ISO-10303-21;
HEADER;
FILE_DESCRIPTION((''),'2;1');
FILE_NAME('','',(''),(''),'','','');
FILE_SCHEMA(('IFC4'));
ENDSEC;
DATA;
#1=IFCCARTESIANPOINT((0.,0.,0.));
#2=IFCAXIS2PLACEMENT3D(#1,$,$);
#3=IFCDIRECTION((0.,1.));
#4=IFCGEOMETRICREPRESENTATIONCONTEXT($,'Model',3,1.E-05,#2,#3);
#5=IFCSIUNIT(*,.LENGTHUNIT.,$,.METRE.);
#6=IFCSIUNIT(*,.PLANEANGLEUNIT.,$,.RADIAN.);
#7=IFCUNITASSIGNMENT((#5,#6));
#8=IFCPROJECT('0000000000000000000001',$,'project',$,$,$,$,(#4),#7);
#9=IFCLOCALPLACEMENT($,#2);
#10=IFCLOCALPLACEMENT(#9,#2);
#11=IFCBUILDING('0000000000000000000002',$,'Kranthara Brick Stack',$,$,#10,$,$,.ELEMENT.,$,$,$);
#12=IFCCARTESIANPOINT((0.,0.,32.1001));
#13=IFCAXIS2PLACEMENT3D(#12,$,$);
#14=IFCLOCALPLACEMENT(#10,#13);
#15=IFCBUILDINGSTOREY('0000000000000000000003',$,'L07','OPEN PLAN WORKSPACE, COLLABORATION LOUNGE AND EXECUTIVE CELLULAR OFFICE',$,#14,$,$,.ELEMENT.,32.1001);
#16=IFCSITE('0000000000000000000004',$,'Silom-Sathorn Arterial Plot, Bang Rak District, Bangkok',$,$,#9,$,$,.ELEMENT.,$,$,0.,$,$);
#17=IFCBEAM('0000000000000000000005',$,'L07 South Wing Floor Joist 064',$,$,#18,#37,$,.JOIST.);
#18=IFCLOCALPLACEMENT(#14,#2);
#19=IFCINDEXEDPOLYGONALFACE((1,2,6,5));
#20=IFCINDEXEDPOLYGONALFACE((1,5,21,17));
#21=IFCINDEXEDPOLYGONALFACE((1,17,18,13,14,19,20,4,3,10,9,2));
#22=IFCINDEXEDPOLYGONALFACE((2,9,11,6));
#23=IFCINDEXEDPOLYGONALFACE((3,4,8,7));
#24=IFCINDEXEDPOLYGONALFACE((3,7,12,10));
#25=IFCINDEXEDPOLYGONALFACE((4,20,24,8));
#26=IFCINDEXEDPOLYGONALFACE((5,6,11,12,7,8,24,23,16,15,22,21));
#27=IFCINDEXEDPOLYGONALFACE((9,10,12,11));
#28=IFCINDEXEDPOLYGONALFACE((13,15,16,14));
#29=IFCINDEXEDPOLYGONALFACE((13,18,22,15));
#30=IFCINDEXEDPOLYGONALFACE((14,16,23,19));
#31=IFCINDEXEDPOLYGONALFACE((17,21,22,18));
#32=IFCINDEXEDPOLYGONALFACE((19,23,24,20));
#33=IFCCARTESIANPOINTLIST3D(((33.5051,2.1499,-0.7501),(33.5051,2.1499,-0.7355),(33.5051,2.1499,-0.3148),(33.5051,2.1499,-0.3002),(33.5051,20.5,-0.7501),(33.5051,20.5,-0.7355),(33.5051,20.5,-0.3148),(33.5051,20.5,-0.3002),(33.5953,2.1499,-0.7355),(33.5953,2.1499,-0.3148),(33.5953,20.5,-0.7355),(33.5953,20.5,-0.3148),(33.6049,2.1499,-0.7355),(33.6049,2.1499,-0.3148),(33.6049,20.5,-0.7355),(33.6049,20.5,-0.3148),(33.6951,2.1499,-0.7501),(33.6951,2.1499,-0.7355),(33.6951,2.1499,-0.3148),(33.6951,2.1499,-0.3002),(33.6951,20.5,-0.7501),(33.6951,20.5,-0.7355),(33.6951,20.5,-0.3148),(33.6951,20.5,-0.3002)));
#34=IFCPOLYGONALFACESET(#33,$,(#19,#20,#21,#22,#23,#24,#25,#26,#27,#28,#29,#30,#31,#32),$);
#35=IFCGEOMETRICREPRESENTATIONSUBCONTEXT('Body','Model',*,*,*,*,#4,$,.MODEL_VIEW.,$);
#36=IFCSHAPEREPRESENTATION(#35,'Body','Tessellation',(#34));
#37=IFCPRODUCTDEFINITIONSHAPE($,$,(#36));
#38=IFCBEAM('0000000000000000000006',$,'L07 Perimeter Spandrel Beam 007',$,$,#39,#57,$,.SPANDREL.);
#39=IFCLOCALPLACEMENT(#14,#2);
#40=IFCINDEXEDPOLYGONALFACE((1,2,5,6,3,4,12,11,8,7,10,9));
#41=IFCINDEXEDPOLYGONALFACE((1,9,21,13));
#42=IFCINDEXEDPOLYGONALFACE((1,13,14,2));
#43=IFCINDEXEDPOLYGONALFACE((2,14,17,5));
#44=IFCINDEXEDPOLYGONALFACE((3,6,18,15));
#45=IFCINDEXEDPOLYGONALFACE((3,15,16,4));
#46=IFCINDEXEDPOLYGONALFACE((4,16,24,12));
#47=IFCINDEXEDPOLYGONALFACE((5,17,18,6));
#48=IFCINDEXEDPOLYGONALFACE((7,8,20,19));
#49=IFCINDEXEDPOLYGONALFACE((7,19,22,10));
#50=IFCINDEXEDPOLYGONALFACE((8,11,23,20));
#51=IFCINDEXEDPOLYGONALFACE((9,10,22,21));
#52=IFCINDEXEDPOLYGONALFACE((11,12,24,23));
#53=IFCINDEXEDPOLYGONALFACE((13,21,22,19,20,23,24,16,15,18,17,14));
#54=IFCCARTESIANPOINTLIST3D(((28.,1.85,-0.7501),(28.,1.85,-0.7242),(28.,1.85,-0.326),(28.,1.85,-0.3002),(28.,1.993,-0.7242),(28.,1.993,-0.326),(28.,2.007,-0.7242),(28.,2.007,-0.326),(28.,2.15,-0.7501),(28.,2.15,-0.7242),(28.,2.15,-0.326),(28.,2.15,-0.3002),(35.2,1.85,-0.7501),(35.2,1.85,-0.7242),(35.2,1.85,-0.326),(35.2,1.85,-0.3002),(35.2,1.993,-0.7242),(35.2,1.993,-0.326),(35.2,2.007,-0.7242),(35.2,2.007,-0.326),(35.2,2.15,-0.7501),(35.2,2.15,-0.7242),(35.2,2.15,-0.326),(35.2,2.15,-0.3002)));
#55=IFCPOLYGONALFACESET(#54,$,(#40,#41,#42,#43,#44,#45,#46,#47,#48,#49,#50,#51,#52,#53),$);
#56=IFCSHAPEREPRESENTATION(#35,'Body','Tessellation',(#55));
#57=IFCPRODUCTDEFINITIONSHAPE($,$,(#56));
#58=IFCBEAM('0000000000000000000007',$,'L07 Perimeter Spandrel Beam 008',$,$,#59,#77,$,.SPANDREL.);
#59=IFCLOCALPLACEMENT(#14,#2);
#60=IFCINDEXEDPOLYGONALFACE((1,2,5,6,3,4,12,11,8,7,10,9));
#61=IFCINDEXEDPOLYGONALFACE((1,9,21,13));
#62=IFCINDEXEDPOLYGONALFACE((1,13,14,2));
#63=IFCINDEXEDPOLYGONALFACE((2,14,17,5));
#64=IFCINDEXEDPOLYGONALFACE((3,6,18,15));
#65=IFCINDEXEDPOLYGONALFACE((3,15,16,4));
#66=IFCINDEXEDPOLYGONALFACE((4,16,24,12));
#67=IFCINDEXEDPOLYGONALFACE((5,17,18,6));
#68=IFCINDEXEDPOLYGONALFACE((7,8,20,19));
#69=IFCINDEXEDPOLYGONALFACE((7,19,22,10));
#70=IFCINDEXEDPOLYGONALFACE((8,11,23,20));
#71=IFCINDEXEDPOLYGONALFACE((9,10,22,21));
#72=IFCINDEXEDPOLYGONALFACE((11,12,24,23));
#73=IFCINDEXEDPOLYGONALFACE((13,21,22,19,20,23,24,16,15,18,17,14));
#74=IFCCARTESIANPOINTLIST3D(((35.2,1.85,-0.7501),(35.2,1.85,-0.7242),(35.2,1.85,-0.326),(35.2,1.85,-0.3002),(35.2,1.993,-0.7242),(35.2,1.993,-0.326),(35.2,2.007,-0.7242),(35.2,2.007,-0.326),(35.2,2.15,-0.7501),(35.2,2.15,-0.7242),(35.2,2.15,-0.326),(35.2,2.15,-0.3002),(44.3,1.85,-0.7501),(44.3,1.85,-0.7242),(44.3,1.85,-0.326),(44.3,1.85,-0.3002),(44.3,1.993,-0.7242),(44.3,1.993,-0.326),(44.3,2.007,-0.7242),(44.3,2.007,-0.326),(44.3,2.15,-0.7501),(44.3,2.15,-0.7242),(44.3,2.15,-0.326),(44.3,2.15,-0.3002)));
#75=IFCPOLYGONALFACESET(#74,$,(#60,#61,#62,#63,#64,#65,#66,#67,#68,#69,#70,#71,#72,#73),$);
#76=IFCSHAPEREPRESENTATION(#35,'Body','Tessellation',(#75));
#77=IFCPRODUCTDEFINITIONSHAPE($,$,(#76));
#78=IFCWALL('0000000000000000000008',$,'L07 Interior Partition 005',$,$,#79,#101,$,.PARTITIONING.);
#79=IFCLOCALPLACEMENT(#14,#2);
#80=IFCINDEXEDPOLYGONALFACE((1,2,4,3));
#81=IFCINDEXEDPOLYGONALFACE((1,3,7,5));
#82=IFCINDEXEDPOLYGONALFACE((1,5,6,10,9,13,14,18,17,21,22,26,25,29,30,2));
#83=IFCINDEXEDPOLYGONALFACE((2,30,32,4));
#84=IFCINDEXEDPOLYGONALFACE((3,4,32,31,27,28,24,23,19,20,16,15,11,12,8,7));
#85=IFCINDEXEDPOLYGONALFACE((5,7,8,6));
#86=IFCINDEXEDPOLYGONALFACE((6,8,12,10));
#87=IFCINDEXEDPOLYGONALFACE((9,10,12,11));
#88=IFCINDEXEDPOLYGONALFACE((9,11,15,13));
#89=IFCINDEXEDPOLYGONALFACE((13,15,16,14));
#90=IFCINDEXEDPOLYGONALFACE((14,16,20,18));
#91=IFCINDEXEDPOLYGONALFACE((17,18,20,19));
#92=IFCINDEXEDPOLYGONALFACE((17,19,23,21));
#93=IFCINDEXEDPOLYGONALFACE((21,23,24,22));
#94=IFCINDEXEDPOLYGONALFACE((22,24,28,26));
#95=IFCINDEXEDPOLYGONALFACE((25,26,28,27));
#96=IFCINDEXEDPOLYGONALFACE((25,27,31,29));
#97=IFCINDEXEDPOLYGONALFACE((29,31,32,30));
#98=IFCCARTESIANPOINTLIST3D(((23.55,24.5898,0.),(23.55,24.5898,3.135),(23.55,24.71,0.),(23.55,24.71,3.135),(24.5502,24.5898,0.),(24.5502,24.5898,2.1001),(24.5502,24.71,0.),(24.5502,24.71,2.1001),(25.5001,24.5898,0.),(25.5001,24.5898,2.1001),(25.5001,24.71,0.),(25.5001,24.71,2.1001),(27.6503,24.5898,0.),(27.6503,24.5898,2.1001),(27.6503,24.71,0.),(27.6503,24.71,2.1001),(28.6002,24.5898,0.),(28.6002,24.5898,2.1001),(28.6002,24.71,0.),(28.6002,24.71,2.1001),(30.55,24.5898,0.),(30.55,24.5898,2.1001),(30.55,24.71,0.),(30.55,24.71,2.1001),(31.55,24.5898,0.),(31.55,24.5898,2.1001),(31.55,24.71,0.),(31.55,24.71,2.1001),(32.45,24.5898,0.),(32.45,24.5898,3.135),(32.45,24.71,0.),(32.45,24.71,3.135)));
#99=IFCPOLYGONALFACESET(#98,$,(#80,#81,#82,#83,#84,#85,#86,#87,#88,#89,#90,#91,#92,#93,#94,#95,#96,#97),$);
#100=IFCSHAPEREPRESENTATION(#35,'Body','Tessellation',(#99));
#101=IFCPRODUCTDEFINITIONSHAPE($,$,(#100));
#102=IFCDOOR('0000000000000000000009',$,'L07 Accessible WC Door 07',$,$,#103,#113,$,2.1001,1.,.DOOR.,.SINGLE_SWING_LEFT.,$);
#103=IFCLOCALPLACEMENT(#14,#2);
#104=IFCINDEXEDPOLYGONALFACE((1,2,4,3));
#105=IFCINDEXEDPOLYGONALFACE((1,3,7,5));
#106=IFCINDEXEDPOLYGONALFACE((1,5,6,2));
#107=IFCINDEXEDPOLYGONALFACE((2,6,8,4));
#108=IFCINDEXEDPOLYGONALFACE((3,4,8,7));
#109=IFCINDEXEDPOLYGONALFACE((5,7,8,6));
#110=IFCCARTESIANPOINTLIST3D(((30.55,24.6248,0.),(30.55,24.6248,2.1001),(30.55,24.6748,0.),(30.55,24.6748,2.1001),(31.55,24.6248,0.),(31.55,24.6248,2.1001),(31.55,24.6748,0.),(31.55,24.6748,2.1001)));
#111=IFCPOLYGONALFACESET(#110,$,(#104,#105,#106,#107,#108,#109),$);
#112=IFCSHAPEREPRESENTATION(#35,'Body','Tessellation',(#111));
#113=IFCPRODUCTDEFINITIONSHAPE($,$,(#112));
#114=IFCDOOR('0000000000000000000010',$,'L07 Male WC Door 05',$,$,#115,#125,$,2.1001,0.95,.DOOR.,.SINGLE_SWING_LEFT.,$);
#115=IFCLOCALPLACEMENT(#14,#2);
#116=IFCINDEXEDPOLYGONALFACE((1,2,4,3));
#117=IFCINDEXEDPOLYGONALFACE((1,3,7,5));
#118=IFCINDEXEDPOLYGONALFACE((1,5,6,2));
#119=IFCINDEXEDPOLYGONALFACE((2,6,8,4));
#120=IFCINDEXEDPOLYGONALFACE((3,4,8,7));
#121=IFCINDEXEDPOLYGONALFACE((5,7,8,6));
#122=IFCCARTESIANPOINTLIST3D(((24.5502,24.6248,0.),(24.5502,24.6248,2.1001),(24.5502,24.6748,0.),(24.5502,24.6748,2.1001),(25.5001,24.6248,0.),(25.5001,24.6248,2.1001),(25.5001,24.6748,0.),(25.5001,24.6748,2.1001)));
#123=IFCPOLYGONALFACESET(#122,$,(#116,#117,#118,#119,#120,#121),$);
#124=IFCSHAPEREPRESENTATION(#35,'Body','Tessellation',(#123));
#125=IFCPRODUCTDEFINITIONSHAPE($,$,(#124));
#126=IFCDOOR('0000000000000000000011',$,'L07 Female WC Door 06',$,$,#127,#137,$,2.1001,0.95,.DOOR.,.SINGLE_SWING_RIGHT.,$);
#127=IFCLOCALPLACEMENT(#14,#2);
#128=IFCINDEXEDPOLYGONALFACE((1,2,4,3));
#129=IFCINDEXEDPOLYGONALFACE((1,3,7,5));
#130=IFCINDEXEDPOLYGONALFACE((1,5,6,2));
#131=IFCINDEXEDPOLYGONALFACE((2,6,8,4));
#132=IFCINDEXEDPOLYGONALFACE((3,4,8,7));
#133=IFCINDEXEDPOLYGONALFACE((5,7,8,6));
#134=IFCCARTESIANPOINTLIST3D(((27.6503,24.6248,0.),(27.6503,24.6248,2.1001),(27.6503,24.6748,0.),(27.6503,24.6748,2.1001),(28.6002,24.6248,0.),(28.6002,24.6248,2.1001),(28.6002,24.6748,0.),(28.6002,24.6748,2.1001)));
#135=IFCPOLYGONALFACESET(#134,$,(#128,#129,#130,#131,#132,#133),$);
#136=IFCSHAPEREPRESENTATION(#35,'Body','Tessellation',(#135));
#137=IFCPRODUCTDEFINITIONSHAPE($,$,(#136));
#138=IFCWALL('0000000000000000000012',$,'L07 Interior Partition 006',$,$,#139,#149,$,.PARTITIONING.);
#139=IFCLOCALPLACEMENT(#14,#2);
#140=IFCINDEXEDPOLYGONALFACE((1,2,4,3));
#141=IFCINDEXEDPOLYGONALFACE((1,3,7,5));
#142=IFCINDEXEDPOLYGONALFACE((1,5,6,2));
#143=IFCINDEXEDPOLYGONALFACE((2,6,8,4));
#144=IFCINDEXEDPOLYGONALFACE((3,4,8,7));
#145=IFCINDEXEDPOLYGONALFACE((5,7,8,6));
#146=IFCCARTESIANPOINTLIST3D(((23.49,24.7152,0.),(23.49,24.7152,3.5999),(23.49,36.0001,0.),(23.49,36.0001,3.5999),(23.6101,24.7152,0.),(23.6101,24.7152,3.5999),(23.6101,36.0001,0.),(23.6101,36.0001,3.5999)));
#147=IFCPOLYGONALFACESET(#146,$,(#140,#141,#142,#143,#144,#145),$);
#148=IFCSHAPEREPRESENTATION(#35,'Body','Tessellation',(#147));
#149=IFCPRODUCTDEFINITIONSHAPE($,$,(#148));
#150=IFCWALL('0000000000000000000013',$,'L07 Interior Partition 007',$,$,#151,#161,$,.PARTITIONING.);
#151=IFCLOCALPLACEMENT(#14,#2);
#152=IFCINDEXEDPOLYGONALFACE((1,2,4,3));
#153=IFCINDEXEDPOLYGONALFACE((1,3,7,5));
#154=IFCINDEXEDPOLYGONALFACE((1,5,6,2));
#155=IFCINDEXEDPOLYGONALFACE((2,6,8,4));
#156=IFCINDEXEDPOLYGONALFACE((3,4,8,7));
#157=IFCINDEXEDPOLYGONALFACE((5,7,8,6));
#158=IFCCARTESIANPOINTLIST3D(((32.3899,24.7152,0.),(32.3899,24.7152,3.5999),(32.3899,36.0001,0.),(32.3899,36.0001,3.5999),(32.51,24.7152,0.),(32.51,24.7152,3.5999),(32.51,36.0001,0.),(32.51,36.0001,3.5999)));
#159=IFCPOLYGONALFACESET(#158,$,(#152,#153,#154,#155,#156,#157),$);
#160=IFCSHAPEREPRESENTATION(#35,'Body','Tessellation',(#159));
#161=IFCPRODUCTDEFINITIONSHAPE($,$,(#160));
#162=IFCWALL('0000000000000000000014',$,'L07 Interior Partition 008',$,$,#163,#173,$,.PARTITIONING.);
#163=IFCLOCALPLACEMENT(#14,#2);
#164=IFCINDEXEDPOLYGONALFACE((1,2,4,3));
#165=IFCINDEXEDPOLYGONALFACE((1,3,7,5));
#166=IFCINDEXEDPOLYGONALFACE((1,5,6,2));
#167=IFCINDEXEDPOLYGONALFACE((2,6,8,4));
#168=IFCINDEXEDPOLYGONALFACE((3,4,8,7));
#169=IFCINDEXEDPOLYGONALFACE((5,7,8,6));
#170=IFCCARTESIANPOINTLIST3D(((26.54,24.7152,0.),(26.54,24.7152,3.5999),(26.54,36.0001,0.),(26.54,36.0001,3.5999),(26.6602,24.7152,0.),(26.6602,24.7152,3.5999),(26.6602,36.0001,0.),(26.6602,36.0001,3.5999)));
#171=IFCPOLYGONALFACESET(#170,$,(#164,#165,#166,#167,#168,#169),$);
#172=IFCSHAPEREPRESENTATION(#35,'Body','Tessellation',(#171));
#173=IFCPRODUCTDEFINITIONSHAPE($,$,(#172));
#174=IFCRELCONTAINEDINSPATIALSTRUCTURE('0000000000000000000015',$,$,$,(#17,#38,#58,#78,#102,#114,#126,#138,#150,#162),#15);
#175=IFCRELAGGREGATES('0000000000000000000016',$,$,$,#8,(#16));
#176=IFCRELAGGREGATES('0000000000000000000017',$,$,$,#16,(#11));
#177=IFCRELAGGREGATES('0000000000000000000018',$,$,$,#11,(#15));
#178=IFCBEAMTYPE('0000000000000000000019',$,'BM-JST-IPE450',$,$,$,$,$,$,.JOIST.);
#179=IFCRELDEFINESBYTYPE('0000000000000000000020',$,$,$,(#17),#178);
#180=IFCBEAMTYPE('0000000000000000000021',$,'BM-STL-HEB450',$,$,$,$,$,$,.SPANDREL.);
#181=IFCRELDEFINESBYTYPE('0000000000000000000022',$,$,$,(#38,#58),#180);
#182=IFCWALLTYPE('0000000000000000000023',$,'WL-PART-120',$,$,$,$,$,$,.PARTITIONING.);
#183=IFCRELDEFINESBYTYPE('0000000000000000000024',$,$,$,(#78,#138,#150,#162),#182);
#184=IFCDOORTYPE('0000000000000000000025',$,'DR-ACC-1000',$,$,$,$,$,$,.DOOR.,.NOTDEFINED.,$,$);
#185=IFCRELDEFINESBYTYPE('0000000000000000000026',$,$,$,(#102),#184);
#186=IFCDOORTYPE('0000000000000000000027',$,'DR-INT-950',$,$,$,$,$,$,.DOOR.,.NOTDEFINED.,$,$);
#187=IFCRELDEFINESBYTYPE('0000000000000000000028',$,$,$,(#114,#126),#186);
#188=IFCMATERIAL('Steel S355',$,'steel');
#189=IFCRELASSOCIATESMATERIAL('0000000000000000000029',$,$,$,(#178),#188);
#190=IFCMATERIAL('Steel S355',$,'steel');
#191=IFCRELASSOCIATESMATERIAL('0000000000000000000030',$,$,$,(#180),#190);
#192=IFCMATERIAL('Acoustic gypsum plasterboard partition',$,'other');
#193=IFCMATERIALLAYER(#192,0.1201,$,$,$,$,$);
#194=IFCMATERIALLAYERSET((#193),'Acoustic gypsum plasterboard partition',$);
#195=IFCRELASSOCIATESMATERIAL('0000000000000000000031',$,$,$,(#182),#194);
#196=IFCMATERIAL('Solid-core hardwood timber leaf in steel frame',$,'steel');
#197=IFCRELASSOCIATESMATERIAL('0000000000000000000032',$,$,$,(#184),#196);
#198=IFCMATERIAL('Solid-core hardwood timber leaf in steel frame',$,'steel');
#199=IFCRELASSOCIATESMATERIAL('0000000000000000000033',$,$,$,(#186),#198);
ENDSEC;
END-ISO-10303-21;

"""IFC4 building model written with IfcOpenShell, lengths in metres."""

from ifc_helpers import new_model, si_unit, direction, frame, frame_2d, origin, origin_2d, place, context, subcontext, project, spatial, rectangle, i_section, extrude, material, layer, layer_set, material_profile, profile_set, type_object, element, fill, save


model = new_model("IFC4")

# Units and contexts
model_context = context("Model", 3, precision=1e-05, world=origin(), true_north=direction((0.0, 1.0)))
body_context = subcontext(model_context, "Body", "Model", "MODEL_VIEW")
ifc_project = project(units=[si_unit("LENGTHUNIT", "METRE"), si_unit("PLANEANGLEUNIT", "RADIAN")], contexts=[model_context])

# Site, building, storey
site_placement = place(None, origin())
site = spatial("IfcSite", under=ifc_project, at=site_placement, Name="Silom-Sathorn Arterial Plot, Bang Rak District, Bangkok", CompositionType="ELEMENT", RefElevation=0.0)
building_placement = place(site_placement, origin())
building = spatial("IfcBuilding", under=site, at=building_placement, Name="Kranthara Brick Stack", CompositionType="ELEMENT")
storey_placement = place(building_placement, frame((0.0, 0.0, 32.1001)))
storey = spatial("IfcBuildingStorey", under=building, at=storey_placement, Name="L07", Description="OPEN PLAN WORKSPACE, COLLABORATION LOUNGE AND EXECUTIVE CELLULAR OFFICE", CompositionType="ELEMENT", Elevation=32.1001)

# Beams
ifc_material_1 = material(Name="Steel S355", Category="steel")
ifc_material_profile_1 = material_profile(ifc_material_1, i_section(OverallWidth=0.1899, OverallDepth=0.45, WebThickness=0.0095, FlangeThickness=0.0146, at=origin_2d()), Name="IPE 450")
ifc_profile_set_1 = profile_set([ifc_material_profile_1], Name="Steel S355")
beam_type_1 = type_object("IfcBeamType", Name="BM-JST-IPE450", PredefinedType="JOIST", material=ifc_profile_set_1)
for number, where, z_axis, x_axis, name in (
    (1, (33.6001, 2.1499, -0.5251), (0.0, 1.0, 0.0), (-1.0, 0.0, 0.0), "L07 South Wing Floor Joist 064"),
):
    element("IfcBeam", number, at=place(storey_placement, frame(where, z_axis=z_axis, x_axis=x_axis)), inside=storey, type_object=beam_type_1, Name=name, PredefinedType="JOIST", context=body_context, shape_type="SweptSolid", body=[
        extrude(i_section(OverallWidth=0.1899, OverallDepth=0.45, WebThickness=0.0095, FlangeThickness=0.0146, at=origin_2d()), origin(), (0.0, 0.0, 1.0), 18.3501),
    ])
ifc_material_2 = material(Name="Steel S355", Category="steel")
ifc_material_profile_2 = material_profile(ifc_material_2, i_section(OverallWidth=0.3, OverallDepth=0.45, WebThickness=0.0139, FlangeThickness=0.0259, at=origin_2d()), Name="HEB 450")
ifc_profile_set_2 = profile_set([ifc_material_profile_2], Name="Steel S355")
beam_type_2 = type_object("IfcBeamType", Name="BM-STL-HEB450", PredefinedType="SPANDREL", material=ifc_profile_set_2)
beam_1_placement = place(storey_placement, frame((28.0, 2.0, -0.5251), z_axis=(1.0, 0.0, 0.0), x_axis=(0.0, 1.0, 0.0)))
element("IfcBeam", 2, at=beam_1_placement, inside=storey, type_object=beam_type_2, Name="L07 Perimeter Spandrel Beam 007", PredefinedType="SPANDREL", context=body_context, shape_type="SweptSolid", body=[
    extrude(i_section(OverallWidth=0.3, OverallDepth=0.45, WebThickness=0.0139, FlangeThickness=0.0259, at=origin_2d()), origin(), (0.0, 0.0, 1.0), 7.2),
])
beam_2_placement = place(storey_placement, frame((35.2, 2.0, -0.5251), z_axis=(1.0, 0.0, 0.0), x_axis=(0.0, 1.0, 0.0)))
element("IfcBeam", 3, at=beam_2_placement, inside=storey, type_object=beam_type_2, Name="L07 Perimeter Spandrel Beam 008", PredefinedType="SPANDREL", context=body_context, shape_type="SweptSolid", body=[
    extrude(i_section(OverallWidth=0.3, OverallDepth=0.45, WebThickness=0.0139, FlangeThickness=0.0259, at=origin_2d()), origin(), (0.0, 0.0, 1.0), 9.1001),
])

# Wall, openings, doors
ifc_material_3 = material(Name="Acoustic gypsum plasterboard partition", Category="other")
ifc_layer = layer(ifc_material_3, 0.1201)
ifc_layer_set = layer_set([ifc_layer], Name="Acoustic gypsum plasterboard partition")
wall_type = type_object("IfcWallType", Name="WL-PART-120", PredefinedType="PARTITIONING", material=ifc_layer_set)
wall_1_placement = place(storey_placement, frame((23.55, 24.6499, 0.0), z_axis=(0.0, 0.0, 1.0), x_axis=(1.0, 0.0, 0.0)))
wall_1 = element("IfcWall", 4, at=wall_1_placement, inside=storey, type_object=wall_type, Name="L07 Interior Partition 005", PredefinedType="PARTITIONING", context=body_context, shape_type="SweptSolid", body=[
    extrude(rectangle(XDim=8.8999, YDim=0.1201, at=frame_2d((4.45, 0.0))), origin(), (0.0, 0.0, 1.0), 3.135),
])
opening_1_placement = place(wall_1_placement, frame((1.0, 0.0, 0.0)))
opening_1 = element("IfcOpeningElement", 5, at=opening_1_placement, cuts=wall_1, PredefinedType="OPENING", context=body_context, shape_type="SweptSolid", body=[
    extrude(rectangle(XDim=0.95, YDim=2.1001, at=frame_2d((0.4751, 1.05))), frame((0.0, 0.0701, 0.0), z_axis=(0.0, -1.0, 0.0), x_axis=(1.0, 0.0, 0.0)), (0.0, 0.0, 1.0), 0.1401),
])
opening_2_placement = place(wall_1_placement, frame((4.1001, 0.0, 0.0)))
opening_2 = element("IfcOpeningElement", 6, at=opening_2_placement, cuts=wall_1, PredefinedType="OPENING", context=body_context, shape_type="SweptSolid", body=[
    extrude(rectangle(XDim=0.95, YDim=2.1001, at=frame_2d((0.4751, 1.05))), frame((0.0, 0.0701, 0.0), z_axis=(0.0, -1.0, 0.0), x_axis=(1.0, 0.0, 0.0)), (0.0, 0.0, 1.0), 0.1401),
])
opening_3_placement = place(wall_1_placement, frame((7.0, 0.0, 0.0)))
opening_3 = element("IfcOpeningElement", 7, at=opening_3_placement, cuts=wall_1, PredefinedType="OPENING", context=body_context, shape_type="SweptSolid", body=[
    extrude(rectangle(XDim=1.0, YDim=2.1001, at=frame_2d((0.5, 1.05))), frame((0.0, 0.0701, 0.0), z_axis=(0.0, -1.0, 0.0), x_axis=(1.0, 0.0, 0.0)), (0.0, 0.0, 1.0), 0.1401),
])
ifc_material_4 = material(Name="Solid-core hardwood timber leaf in steel frame", Category="steel")
door_type_1 = type_object("IfcDoorType", Name="DR-ACC-1000", OperationType="NOTDEFINED", PredefinedType="DOOR", material=ifc_material_4)
door_1_placement = place(opening_3_placement, origin())
door_1 = element("IfcDoor", 8, at=door_1_placement, inside=storey, type_object=door_type_1, Name="L07 Accessible WC Door 07", OperationType="SINGLE_SWING_LEFT", OverallHeight=2.1001, OverallWidth=1.0, PredefinedType="DOOR", context=body_context, shape_type="SweptSolid", body=[
    extrude(rectangle(XDim=1.0, YDim=2.1001, at=frame_2d((0.5, 1.05))), frame((0.0, 0.0249, 0.0), z_axis=(0.0, -1.0, 0.0), x_axis=(1.0, 0.0, 0.0)), (0.0, 0.0, 1.0), 0.05),
])
fill(opening_3, door_1)
ifc_material_5 = material(Name="Solid-core hardwood timber leaf in steel frame", Category="steel")
door_type_2 = type_object("IfcDoorType", Name="DR-INT-950", OperationType="NOTDEFINED", PredefinedType="DOOR", material=ifc_material_5)
door_2_placement = place(opening_1_placement, origin())
door_2 = element("IfcDoor", 9, at=door_2_placement, inside=storey, type_object=door_type_2, Name="L07 Male WC Door 05", OperationType="SINGLE_SWING_LEFT", OverallHeight=2.1001, OverallWidth=0.95, PredefinedType="DOOR", context=body_context, shape_type="SweptSolid", body=[
    extrude(rectangle(XDim=0.95, YDim=2.1001, at=frame_2d((0.4751, 1.05))), frame((0.0, 0.0249, 0.0), z_axis=(0.0, -1.0, 0.0), x_axis=(1.0, 0.0, 0.0)), (0.0, 0.0, 1.0), 0.05),
])
fill(opening_1, door_2)
door_3_placement = place(opening_2_placement, origin())
door_3 = element("IfcDoor", 10, at=door_3_placement, inside=storey, type_object=door_type_2, Name="L07 Female WC Door 06", OperationType="SINGLE_SWING_RIGHT", OverallHeight=2.1001, OverallWidth=0.95, PredefinedType="DOOR", context=body_context, shape_type="SweptSolid", body=[
    extrude(rectangle(XDim=0.95, YDim=2.1001, at=frame_2d((0.4751, 1.05))), frame((0.0, 0.0249, 0.0), z_axis=(0.0, -1.0, 0.0), x_axis=(1.0, 0.0, 0.0)), (0.0, 0.0, 1.0), 0.05),
])
fill(opening_2, door_3)

# Walls
for number, where, z_axis, x_axis, name in (
    (11, (23.55, 24.7151, 0.0), (0.0, 0.0, 1.0), (0.0, 1.0, 0.0), "L07 Interior Partition 006"),
    (12, (32.45, 24.7151, 0.0), (0.0, 0.0, 1.0), (0.0, 1.0, 0.0), "L07 Interior Partition 007"),
    (13, (26.6001, 24.7151, 0.0), (0.0, 0.0, 1.0), (0.0, 1.0, 0.0), "L07 Interior Partition 008"),
):
    element("IfcWall", number, at=place(storey_placement, frame(where, z_axis=z_axis, x_axis=x_axis)), inside=storey, type_object=wall_type, Name=name, PredefinedType="PARTITIONING", context=body_context, shape_type="SweptSolid", body=[
        extrude(rectangle(XDim=11.2849, YDim=0.1201, at=frame_2d((5.6426, 0.0))), origin(), (0.0, 0.0, 1.0), 3.5999),
    ])

save(model, "model.ifc")
